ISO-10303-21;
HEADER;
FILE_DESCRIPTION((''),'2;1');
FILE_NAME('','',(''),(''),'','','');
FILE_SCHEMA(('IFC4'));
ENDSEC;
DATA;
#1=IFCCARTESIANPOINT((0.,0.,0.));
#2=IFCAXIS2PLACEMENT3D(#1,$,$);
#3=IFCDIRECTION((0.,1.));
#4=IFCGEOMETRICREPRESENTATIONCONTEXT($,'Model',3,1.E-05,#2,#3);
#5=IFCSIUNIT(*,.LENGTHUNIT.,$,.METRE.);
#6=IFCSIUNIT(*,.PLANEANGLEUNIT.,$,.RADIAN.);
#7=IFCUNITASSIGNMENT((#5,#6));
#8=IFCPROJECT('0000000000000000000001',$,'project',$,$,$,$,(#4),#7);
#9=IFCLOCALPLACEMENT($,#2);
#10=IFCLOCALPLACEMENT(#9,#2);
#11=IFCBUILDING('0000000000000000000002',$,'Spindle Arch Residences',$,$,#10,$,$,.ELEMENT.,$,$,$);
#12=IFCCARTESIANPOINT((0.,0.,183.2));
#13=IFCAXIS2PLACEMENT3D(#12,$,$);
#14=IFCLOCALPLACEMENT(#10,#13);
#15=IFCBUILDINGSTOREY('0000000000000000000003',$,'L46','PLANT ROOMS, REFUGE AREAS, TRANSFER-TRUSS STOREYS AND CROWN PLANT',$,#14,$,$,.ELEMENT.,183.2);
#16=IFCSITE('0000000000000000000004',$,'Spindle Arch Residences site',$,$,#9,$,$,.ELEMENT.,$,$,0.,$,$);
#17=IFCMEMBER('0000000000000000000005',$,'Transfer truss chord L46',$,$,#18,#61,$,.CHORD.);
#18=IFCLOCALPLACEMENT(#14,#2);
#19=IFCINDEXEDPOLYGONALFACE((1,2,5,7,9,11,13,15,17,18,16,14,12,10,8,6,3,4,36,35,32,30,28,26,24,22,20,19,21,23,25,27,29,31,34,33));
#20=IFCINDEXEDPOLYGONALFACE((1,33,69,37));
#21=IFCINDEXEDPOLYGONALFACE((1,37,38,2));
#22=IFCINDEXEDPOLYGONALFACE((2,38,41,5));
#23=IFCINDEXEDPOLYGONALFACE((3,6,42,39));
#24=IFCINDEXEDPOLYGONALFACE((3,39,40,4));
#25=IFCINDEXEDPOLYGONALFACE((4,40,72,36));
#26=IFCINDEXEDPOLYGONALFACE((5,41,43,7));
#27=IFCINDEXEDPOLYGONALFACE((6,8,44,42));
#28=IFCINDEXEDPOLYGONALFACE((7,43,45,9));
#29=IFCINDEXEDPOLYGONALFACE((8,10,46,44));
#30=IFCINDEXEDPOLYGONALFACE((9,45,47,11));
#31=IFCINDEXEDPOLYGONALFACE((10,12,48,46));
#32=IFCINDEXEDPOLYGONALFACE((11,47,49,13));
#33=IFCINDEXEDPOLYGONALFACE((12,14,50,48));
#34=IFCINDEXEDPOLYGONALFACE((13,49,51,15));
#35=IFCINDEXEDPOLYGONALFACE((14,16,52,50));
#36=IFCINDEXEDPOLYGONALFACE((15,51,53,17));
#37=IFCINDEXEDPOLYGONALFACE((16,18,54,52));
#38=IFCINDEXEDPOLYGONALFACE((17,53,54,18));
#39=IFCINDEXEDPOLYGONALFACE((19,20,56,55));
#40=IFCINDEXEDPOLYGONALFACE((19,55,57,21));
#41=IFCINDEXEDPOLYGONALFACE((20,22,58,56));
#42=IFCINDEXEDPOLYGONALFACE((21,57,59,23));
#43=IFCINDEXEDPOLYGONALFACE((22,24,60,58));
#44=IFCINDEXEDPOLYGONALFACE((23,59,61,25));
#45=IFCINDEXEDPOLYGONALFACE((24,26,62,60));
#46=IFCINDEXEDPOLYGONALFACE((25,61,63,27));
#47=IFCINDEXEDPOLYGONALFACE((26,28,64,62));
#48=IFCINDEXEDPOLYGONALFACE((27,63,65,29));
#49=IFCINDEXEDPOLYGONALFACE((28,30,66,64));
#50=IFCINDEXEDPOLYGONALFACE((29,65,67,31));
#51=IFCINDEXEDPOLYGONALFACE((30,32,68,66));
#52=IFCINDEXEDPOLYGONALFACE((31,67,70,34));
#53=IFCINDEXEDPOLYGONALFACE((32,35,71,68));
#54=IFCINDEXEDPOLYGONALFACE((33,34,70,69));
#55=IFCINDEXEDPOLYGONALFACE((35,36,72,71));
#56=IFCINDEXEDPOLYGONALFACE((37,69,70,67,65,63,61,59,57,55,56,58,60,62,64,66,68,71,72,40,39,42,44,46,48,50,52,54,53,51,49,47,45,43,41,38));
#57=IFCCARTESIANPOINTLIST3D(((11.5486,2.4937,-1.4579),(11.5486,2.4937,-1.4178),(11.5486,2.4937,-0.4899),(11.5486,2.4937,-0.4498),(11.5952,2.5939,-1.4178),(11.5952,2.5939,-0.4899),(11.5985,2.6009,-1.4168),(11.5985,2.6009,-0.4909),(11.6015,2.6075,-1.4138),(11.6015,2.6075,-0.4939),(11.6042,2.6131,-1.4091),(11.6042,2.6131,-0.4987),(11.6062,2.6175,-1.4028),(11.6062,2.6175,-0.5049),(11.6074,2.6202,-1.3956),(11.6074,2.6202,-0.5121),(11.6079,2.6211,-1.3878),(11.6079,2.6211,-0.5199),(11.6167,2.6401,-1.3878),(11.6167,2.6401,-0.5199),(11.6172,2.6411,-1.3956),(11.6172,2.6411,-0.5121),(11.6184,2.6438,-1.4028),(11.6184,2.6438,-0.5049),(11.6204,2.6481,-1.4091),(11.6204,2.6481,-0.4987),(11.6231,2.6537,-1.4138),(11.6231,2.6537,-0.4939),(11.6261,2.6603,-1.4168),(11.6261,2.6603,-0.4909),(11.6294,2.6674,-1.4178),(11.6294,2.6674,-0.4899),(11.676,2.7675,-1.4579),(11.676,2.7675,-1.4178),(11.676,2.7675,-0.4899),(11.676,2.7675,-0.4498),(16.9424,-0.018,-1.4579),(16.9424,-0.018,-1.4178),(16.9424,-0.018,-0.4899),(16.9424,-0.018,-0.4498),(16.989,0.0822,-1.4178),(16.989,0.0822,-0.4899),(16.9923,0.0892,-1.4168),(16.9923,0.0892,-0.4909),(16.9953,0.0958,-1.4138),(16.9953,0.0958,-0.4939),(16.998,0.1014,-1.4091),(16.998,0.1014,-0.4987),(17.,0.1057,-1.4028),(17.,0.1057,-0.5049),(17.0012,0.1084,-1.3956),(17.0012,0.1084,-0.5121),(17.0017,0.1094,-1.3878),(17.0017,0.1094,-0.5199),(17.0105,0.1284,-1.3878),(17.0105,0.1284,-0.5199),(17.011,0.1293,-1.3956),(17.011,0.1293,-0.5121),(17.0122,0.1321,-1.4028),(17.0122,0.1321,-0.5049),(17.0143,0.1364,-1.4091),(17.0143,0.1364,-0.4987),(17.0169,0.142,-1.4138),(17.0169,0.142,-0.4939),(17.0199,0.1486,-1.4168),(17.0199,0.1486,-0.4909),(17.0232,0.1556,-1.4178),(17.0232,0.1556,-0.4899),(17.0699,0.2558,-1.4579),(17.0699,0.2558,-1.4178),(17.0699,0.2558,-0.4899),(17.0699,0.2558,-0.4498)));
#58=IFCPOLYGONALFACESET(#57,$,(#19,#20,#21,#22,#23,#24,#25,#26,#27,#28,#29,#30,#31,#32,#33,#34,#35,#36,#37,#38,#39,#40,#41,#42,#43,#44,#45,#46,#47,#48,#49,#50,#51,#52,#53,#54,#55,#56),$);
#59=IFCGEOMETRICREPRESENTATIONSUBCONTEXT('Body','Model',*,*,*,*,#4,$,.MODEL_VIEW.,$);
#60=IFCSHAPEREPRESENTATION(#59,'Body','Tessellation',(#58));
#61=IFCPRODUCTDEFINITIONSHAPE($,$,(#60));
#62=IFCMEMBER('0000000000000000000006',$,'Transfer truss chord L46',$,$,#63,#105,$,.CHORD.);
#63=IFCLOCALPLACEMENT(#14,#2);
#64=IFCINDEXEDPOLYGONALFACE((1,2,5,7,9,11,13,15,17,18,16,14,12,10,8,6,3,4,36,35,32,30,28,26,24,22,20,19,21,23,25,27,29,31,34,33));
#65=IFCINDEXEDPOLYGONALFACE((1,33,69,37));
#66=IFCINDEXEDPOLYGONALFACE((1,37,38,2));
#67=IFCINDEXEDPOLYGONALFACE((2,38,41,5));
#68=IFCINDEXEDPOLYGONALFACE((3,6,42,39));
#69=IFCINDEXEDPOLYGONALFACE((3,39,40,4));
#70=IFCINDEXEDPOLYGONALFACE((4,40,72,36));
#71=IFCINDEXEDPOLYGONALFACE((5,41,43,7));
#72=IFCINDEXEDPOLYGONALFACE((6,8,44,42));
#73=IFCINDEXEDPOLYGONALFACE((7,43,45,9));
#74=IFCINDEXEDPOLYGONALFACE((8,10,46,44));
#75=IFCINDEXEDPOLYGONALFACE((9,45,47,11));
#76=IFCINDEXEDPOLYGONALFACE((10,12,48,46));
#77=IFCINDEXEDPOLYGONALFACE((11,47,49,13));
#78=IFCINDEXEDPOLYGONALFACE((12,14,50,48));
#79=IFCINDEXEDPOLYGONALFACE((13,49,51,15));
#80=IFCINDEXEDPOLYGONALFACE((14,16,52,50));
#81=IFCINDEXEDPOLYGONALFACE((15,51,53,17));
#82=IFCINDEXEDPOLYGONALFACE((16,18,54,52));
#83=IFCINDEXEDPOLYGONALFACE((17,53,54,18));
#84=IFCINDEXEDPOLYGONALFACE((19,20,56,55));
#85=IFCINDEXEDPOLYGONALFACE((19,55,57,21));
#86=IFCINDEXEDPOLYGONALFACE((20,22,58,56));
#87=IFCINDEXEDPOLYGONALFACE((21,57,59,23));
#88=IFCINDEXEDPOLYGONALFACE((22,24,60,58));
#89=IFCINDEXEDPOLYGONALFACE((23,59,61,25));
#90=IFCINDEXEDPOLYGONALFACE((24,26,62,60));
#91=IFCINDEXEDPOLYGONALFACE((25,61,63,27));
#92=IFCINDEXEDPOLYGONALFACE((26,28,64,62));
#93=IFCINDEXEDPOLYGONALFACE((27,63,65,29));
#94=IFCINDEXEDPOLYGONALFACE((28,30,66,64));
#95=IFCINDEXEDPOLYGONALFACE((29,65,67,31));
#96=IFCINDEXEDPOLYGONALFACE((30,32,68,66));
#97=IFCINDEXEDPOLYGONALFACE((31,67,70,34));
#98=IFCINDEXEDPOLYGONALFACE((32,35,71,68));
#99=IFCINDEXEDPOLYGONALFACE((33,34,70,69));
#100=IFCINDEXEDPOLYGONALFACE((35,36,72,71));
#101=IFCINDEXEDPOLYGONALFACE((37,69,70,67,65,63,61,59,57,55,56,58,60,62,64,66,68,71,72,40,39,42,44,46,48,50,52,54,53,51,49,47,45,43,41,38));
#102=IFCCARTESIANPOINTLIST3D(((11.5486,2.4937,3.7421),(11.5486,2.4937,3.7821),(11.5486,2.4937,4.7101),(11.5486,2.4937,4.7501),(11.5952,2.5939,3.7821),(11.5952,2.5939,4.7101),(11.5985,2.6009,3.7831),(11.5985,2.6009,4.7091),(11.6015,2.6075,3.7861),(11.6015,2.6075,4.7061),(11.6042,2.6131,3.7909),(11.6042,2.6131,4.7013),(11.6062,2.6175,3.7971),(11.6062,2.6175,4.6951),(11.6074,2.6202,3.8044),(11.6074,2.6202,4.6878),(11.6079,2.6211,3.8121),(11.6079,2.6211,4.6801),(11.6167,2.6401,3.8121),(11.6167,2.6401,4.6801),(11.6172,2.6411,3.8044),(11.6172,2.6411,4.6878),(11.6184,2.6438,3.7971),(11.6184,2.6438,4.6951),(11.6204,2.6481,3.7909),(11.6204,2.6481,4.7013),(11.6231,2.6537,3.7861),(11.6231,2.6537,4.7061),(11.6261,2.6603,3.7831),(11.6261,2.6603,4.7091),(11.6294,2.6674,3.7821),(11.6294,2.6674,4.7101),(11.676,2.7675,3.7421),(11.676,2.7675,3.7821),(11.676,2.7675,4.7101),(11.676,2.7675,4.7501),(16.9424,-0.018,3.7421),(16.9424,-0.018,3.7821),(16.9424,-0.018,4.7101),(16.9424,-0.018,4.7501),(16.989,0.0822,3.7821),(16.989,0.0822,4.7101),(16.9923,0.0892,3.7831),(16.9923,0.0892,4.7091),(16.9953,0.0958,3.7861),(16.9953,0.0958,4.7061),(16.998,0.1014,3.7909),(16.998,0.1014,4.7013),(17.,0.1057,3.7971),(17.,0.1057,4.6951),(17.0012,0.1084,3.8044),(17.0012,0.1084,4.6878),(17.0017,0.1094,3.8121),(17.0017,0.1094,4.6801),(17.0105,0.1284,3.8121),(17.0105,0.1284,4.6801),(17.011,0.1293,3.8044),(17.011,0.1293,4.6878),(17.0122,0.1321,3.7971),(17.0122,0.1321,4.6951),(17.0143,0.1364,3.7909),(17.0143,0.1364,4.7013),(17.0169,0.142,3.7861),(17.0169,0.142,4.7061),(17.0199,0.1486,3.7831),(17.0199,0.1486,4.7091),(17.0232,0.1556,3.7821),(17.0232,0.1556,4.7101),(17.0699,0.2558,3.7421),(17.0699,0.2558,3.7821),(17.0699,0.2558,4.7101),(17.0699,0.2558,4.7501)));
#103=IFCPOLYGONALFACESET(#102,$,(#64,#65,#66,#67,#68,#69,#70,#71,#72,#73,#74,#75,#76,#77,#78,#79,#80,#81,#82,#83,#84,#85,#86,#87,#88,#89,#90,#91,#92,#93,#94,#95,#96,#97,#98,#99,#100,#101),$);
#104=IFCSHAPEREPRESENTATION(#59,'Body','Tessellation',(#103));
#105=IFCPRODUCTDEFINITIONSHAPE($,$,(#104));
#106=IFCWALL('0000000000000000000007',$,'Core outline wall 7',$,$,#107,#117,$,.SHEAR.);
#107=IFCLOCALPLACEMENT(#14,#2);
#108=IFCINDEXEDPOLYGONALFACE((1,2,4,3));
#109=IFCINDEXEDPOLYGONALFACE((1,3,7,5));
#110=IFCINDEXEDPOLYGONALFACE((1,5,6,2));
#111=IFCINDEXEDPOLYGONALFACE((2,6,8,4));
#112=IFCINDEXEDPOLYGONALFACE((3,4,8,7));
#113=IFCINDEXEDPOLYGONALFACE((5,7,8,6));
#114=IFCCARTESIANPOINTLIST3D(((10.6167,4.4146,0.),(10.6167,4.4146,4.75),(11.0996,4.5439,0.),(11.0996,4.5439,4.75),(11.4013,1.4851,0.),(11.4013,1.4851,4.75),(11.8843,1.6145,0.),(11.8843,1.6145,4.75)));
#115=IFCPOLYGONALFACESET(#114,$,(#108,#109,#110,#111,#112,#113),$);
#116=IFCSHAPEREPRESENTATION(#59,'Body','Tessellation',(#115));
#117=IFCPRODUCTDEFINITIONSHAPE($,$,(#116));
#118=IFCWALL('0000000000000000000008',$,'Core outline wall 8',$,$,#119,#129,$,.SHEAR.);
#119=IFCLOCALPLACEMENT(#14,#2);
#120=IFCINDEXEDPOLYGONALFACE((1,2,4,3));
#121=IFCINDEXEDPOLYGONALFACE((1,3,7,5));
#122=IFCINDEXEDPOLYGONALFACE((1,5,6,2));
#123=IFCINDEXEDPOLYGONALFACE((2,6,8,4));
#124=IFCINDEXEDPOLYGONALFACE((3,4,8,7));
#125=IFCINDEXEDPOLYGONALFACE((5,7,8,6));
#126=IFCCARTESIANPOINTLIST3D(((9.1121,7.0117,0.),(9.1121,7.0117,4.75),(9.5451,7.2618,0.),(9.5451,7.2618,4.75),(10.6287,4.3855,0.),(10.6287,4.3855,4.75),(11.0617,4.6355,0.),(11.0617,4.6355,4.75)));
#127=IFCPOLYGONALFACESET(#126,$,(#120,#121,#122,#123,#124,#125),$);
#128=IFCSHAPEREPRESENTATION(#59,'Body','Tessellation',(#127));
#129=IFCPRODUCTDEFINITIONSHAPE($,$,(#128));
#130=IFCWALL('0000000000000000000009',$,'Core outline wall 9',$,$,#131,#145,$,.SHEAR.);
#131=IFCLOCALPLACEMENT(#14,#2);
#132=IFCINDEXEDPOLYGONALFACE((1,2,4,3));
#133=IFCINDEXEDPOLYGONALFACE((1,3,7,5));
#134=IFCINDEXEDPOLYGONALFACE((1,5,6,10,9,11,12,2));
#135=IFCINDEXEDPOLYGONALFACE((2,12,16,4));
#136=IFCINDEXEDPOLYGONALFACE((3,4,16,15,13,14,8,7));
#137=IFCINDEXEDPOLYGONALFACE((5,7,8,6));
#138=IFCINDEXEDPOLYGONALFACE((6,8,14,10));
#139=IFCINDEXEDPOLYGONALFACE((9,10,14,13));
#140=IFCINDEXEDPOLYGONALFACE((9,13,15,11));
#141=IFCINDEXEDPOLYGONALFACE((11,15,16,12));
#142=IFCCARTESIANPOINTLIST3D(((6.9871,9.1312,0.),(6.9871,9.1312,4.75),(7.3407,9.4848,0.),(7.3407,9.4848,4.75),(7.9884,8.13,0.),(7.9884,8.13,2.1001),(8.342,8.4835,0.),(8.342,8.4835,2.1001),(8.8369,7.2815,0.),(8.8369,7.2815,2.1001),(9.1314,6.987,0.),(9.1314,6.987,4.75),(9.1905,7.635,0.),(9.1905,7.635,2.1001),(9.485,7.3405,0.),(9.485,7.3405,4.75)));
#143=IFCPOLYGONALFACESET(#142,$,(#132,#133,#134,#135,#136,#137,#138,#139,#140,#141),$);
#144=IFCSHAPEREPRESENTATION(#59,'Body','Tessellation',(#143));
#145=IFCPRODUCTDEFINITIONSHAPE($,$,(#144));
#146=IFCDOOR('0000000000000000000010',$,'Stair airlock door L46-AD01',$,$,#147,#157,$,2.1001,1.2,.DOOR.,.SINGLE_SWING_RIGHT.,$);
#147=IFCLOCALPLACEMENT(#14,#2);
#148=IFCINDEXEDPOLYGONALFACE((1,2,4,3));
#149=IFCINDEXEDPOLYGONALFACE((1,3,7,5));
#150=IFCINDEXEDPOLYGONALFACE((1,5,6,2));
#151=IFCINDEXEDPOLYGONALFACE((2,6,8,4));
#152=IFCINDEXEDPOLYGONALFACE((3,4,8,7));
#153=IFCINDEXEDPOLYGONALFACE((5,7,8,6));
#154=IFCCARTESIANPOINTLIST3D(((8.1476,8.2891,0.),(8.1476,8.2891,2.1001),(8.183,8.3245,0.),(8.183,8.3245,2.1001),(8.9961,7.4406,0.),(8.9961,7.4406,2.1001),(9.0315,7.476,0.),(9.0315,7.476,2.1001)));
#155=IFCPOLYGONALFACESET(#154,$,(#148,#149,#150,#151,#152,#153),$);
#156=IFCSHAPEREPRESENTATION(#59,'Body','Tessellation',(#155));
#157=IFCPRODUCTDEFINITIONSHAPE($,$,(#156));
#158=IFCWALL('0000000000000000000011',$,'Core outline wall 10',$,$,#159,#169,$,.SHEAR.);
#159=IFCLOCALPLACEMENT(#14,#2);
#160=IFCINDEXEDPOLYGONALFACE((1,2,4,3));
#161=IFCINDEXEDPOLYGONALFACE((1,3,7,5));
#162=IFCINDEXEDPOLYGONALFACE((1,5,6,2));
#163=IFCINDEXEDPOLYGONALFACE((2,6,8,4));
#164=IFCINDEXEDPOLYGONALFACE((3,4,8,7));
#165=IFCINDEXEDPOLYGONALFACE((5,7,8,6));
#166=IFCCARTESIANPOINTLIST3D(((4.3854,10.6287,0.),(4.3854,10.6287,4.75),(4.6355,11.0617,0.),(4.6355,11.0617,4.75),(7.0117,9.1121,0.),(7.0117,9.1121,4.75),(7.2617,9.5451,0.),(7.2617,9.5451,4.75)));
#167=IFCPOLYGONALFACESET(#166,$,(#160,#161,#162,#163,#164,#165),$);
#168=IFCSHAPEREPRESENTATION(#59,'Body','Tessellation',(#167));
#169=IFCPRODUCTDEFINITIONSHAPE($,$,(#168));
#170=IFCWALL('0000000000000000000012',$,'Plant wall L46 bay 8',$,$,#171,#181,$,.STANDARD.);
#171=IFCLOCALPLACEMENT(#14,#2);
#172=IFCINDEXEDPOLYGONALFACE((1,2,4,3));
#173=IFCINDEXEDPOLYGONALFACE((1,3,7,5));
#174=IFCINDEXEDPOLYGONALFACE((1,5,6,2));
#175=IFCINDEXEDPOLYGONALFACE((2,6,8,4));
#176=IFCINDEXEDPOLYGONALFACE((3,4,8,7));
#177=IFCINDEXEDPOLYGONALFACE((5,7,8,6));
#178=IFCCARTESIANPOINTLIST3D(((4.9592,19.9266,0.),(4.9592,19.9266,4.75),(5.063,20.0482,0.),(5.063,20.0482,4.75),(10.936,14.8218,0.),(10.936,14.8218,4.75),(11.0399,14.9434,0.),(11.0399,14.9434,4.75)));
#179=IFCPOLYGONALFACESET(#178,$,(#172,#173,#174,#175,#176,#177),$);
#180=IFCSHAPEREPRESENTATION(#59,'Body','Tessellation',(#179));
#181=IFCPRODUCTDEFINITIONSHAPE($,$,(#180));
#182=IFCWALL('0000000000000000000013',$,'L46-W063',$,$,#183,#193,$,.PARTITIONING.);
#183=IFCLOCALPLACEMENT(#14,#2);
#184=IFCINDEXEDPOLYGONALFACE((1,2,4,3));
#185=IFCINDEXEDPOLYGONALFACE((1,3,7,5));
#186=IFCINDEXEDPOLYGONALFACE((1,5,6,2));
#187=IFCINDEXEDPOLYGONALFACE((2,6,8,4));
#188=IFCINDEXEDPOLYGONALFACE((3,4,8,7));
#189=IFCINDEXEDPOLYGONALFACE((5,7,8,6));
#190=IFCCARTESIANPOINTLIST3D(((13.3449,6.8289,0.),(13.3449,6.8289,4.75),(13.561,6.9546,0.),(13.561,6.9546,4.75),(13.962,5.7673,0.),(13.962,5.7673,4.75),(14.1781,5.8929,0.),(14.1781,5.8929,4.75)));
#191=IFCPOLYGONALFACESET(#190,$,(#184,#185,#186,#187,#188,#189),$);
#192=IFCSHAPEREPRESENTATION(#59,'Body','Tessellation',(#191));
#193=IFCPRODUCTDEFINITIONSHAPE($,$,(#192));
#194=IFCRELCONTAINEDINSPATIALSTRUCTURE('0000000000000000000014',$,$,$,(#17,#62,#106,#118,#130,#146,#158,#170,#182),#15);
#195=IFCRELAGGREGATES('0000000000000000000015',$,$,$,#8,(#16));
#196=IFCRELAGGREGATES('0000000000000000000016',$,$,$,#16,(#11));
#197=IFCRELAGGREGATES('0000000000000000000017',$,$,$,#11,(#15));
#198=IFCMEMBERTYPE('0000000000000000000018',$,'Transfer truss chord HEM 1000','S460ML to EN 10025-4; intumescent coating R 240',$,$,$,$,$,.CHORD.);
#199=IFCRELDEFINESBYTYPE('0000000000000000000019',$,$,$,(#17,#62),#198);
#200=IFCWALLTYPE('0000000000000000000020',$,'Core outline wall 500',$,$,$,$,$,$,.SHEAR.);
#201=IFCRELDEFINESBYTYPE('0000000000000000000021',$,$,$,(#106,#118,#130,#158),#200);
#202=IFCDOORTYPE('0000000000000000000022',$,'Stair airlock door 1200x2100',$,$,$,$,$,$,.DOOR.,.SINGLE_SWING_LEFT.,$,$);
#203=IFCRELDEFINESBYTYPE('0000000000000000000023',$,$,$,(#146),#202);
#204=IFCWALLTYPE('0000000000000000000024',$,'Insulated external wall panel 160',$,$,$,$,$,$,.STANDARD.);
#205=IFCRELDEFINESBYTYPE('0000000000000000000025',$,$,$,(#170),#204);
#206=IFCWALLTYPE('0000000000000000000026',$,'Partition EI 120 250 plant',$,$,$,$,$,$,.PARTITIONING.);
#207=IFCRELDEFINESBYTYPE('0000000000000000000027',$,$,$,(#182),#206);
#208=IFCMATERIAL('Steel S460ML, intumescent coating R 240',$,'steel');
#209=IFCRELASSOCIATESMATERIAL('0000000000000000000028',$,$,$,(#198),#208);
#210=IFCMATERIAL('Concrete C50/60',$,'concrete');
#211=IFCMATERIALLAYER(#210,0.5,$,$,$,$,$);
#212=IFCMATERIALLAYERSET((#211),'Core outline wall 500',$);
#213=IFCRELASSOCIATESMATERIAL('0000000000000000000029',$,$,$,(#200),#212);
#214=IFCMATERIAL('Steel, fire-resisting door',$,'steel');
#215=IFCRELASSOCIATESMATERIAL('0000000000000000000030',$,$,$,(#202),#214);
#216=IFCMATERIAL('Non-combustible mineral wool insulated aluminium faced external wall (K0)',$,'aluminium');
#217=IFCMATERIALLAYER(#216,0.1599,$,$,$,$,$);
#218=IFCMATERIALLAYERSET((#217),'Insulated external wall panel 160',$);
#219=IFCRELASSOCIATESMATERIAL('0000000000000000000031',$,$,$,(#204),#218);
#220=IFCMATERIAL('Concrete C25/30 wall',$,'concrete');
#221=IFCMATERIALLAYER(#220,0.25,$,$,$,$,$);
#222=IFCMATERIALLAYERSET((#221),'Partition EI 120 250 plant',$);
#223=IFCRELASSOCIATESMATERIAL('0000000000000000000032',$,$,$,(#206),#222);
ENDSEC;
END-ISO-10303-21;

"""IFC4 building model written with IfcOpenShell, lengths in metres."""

from ifc_helpers import new_model, si_unit, direction, frame, frame_2d, origin, origin_2d, place, context, subcontext, project, spatial, rectangle, i_section, extrude, material, layer, layer_set, material_profile, profile_set, type_object, element, fill, save


model = new_model("IFC4")

# Units and contexts
model_context = context("Model", 3, precision=1e-05, world=origin(), true_north=direction((0.0, 1.0)))
body_context = subcontext(model_context, "Body", "Model", "MODEL_VIEW")
ifc_project = project(units=[si_unit("LENGTHUNIT", "METRE"), si_unit("PLANEANGLEUNIT", "RADIAN")], contexts=[model_context])

# Site, building, storey
site_placement = place(None, origin())
site = spatial("IfcSite", under=ifc_project, at=site_placement, Name="Spindle Arch Residences site", CompositionType="ELEMENT", RefElevation=0.0)
building_placement = place(site_placement, origin())
building = spatial("IfcBuilding", under=site, at=building_placement, Name="Spindle Arch Residences", CompositionType="ELEMENT")
storey_placement = place(building_placement, frame((0.0, 0.0, 183.2)))
storey = spatial("IfcBuildingStorey", under=building, at=storey_placement, Name="L46", Description="PLANT ROOMS, REFUGE AREAS, TRANSFER-TRUSS STOREYS AND CROWN PLANT", CompositionType="ELEMENT", Elevation=183.2)

# Members
ifc_material_1 = material(Name="Steel S460ML, intumescent coating R 240", Category="steel")
ifc_material_profile_1 = material_profile(ifc_material_1, i_section(OverallWidth=0.302, OverallDepth=1.0081, WebThickness=0.021, FlangeThickness=0.04, FilletRadius=0.03, at=origin_2d()), Name="HEM 1000")
ifc_profile_set_1 = profile_set([ifc_material_profile_1], Name="Steel S460ML, intumescent coating R 240")
member_type_1 = type_object("IfcMemberType", Name="Transfer truss chord HEM 1000", Description="S460ML to EN 10025-4; intumescent coating R 240", PredefinedType="CHORD", material=ifc_profile_set_1)
for number, where, z_axis, x_axis, name in (
    (1, (11.6123, 2.6306, -0.9539), (0.90653, -0.422142, 0.0), (0.422142, 0.90653, 0.0), "Transfer truss chord L46"),
    (2, (11.6123, 2.6306, 4.2461), (0.90653, -0.422142, 0.0), (0.422142, 0.90653, 0.0), "Transfer truss chord L46"),
):
    element("IfcMember", number, at=place(storey_placement, frame(where, z_axis=z_axis, x_axis=x_axis)), inside=storey, type_object=member_type_1, Name=name, PredefinedType="CHORD", context=body_context, shape_type="SweptSolid", body=[
        extrude(i_section(OverallWidth=0.302, OverallDepth=1.0081, WebThickness=0.021, FlangeThickness=0.04, FilletRadius=0.03, at=origin_2d()), origin(), (0.0, 0.0, 1.0), 5.95),
    ])

# Walls
ifc_material_2 = material(Name="Concrete C50/60", Category="concrete")
ifc_layer_1 = layer(ifc_material_2, 0.5)
ifc_layer_set_1 = layer_set([ifc_layer_1], Name="Core outline wall 500")
wall_type_1 = type_object("IfcWallType", Name="Core outline wall 500", PredefinedType="SHEAR", material=ifc_layer_set_1)
for number, where, z_axis, x_axis, name in (
    (3, (11.6428, 1.5498, 0.0), (0.0, 0.0, 1.0), (-0.258735, 0.965948, 0.0), "Core outline wall 7"),
    (4, (10.8452, 4.5105, 0.0), (0.0, 0.0, 1.0), (-0.500087, 0.865975, 0.0), "Core outline wall 8"),
):
    element("IfcWall", number, at=place(storey_placement, frame(where, z_axis=z_axis, x_axis=x_axis)), inside=storey, type_object=wall_type_1, Name=name, PredefinedType="SHEAR", context=body_context, shape_type="SweptSolid", body=[
        extrude(rectangle(XDim=3.0327, YDim=0.5, at=frame_2d((1.5164, 0.0))), origin(), (0.0, 0.0, 1.0), 4.75),
    ])

# Wall, opening, door
wall_1_placement = place(storey_placement, frame((9.3081, 7.1638, 0.0), z_axis=(0.0, 0.0, 1.0), x_axis=(-0.707107, 0.707107, 0.0)))
wall_1 = element("IfcWall", 5, at=wall_1_placement, inside=storey, type_object=wall_type_1, Name="Core outline wall 9", PredefinedType="SHEAR", context=body_context, shape_type="SweptSolid", body=[
    extrude(rectangle(XDim=3.0325, YDim=0.5, at=frame_2d((1.5161, 0.0))), origin(), (0.0, 0.0, 1.0), 4.75),
])
opening_1_placement = place(wall_1_placement, frame((0.4163, 0.0, 0.0)))
opening_1 = element("IfcOpeningElement", 6, at=opening_1_placement, cuts=wall_1, PredefinedType="OPENING", context=body_context, shape_type="SweptSolid", body=[
    extrude(rectangle(XDim=1.2, YDim=2.1001, at=frame_2d((0.6001, 1.05))), frame((0.0, 0.26, 0.0), z_axis=(0.0, -1.0, 0.0), x_axis=(1.0, 0.0, 0.0)), (0.0, 0.0, 1.0), 0.52),
])
ifc_material_3 = material(Name="Steel, fire-resisting door", Category="steel")
door_type_1 = type_object("IfcDoorType", Name="Stair airlock door 1200x2100", OperationType="SINGLE_SWING_LEFT", PredefinedType="DOOR", material=ifc_material_3)
door_1_placement = place(opening_1_placement, origin())
door_1 = element("IfcDoor", 7, at=door_1_placement, inside=storey, type_object=door_type_1, Name="Stair airlock door L46-AD01", OperationType="SINGLE_SWING_RIGHT", OverallHeight=2.1001, OverallWidth=1.2, PredefinedType="DOOR", context=body_context, shape_type="SweptSolid", body=[
    extrude(rectangle(XDim=1.2, YDim=2.1001, at=frame_2d((0.6001, 1.05))), frame((0.0, 0.0249, 0.0), z_axis=(0.0, -1.0, 0.0), x_axis=(1.0, 0.0, 0.0)), (0.0, 0.0, 1.0), 0.05),
])
fill(opening_1, door_1)

# Walls
wall_2_placement = place(storey_placement, frame((7.1367, 9.3286, 0.0), z_axis=(0.0, 0.0, 1.0), x_axis=(-0.865975, 0.500087, 0.0)))
element("IfcWall", 8, at=wall_2_placement, inside=storey, type_object=wall_type_1, Name="Core outline wall 10", PredefinedType="SHEAR", context=body_context, shape_type="SweptSolid", body=[
    extrude(rectangle(XDim=3.0327, YDim=0.5, at=frame_2d((1.5164, 0.0))), origin(), (0.0, 0.0, 1.0), 4.75),
])
ifc_material_4 = material(Name="Non-combustible mineral wool insulated aluminium faced external wall (K0)", Category="aluminium")
ifc_layer_2 = layer(ifc_material_4, 0.1599)
ifc_layer_set_2 = layer_set([ifc_layer_2], Name="Insulated external wall panel 160")
wall_type_2 = type_object("IfcWallType", Name="Insulated external wall panel 160", PredefinedType="STANDARD", material=ifc_layer_set_2)
wall_3_placement = place(storey_placement, frame((10.988, 14.8826, 0.0), z_axis=(0.0, 0.0, 1.0), x_axis=(-0.760402, 0.649453, 0.0)))
element("IfcWall", 9, at=wall_3_placement, inside=storey, type_object=wall_type_2, Name="Plant wall L46 bay 8", PredefinedType="STANDARD", context=body_context, shape_type="SweptSolid", body=[
    extrude(rectangle(XDim=7.8601, YDim=0.1599, at=frame_2d((3.9302, 0.0))), origin(), (0.0, 0.0, 1.0), 4.75),
])
ifc_material_5 = material(Name="Concrete C25/30 wall", Category="concrete")
ifc_layer_3 = layer(ifc_material_5, 0.25)
ifc_layer_set_3 = layer_set([ifc_layer_3], Name="Partition EI 120 250 plant")
wall_type_3 = type_object("IfcWallType", Name="Partition EI 120 250 plant", PredefinedType="PARTITIONING", material=ifc_layer_set_3)
wall_4_placement = place(storey_placement, frame((14.0701, 5.8301, 0.0), z_axis=(0.0, 0.0, 1.0), x_axis=(-0.502548, 0.864549, 0.0)))
element("IfcWall", 10, at=wall_4_placement, inside=storey, type_object=wall_type_3, Name="L46-W063", PredefinedType="PARTITIONING", context=body_context, shape_type="SweptSolid", body=[
    extrude(rectangle(XDim=1.228, YDim=0.25, at=frame_2d((0.614, 0.0))), origin(), (0.0, 0.0, 1.0), 4.75),
])

save(model, "model.ifc")
